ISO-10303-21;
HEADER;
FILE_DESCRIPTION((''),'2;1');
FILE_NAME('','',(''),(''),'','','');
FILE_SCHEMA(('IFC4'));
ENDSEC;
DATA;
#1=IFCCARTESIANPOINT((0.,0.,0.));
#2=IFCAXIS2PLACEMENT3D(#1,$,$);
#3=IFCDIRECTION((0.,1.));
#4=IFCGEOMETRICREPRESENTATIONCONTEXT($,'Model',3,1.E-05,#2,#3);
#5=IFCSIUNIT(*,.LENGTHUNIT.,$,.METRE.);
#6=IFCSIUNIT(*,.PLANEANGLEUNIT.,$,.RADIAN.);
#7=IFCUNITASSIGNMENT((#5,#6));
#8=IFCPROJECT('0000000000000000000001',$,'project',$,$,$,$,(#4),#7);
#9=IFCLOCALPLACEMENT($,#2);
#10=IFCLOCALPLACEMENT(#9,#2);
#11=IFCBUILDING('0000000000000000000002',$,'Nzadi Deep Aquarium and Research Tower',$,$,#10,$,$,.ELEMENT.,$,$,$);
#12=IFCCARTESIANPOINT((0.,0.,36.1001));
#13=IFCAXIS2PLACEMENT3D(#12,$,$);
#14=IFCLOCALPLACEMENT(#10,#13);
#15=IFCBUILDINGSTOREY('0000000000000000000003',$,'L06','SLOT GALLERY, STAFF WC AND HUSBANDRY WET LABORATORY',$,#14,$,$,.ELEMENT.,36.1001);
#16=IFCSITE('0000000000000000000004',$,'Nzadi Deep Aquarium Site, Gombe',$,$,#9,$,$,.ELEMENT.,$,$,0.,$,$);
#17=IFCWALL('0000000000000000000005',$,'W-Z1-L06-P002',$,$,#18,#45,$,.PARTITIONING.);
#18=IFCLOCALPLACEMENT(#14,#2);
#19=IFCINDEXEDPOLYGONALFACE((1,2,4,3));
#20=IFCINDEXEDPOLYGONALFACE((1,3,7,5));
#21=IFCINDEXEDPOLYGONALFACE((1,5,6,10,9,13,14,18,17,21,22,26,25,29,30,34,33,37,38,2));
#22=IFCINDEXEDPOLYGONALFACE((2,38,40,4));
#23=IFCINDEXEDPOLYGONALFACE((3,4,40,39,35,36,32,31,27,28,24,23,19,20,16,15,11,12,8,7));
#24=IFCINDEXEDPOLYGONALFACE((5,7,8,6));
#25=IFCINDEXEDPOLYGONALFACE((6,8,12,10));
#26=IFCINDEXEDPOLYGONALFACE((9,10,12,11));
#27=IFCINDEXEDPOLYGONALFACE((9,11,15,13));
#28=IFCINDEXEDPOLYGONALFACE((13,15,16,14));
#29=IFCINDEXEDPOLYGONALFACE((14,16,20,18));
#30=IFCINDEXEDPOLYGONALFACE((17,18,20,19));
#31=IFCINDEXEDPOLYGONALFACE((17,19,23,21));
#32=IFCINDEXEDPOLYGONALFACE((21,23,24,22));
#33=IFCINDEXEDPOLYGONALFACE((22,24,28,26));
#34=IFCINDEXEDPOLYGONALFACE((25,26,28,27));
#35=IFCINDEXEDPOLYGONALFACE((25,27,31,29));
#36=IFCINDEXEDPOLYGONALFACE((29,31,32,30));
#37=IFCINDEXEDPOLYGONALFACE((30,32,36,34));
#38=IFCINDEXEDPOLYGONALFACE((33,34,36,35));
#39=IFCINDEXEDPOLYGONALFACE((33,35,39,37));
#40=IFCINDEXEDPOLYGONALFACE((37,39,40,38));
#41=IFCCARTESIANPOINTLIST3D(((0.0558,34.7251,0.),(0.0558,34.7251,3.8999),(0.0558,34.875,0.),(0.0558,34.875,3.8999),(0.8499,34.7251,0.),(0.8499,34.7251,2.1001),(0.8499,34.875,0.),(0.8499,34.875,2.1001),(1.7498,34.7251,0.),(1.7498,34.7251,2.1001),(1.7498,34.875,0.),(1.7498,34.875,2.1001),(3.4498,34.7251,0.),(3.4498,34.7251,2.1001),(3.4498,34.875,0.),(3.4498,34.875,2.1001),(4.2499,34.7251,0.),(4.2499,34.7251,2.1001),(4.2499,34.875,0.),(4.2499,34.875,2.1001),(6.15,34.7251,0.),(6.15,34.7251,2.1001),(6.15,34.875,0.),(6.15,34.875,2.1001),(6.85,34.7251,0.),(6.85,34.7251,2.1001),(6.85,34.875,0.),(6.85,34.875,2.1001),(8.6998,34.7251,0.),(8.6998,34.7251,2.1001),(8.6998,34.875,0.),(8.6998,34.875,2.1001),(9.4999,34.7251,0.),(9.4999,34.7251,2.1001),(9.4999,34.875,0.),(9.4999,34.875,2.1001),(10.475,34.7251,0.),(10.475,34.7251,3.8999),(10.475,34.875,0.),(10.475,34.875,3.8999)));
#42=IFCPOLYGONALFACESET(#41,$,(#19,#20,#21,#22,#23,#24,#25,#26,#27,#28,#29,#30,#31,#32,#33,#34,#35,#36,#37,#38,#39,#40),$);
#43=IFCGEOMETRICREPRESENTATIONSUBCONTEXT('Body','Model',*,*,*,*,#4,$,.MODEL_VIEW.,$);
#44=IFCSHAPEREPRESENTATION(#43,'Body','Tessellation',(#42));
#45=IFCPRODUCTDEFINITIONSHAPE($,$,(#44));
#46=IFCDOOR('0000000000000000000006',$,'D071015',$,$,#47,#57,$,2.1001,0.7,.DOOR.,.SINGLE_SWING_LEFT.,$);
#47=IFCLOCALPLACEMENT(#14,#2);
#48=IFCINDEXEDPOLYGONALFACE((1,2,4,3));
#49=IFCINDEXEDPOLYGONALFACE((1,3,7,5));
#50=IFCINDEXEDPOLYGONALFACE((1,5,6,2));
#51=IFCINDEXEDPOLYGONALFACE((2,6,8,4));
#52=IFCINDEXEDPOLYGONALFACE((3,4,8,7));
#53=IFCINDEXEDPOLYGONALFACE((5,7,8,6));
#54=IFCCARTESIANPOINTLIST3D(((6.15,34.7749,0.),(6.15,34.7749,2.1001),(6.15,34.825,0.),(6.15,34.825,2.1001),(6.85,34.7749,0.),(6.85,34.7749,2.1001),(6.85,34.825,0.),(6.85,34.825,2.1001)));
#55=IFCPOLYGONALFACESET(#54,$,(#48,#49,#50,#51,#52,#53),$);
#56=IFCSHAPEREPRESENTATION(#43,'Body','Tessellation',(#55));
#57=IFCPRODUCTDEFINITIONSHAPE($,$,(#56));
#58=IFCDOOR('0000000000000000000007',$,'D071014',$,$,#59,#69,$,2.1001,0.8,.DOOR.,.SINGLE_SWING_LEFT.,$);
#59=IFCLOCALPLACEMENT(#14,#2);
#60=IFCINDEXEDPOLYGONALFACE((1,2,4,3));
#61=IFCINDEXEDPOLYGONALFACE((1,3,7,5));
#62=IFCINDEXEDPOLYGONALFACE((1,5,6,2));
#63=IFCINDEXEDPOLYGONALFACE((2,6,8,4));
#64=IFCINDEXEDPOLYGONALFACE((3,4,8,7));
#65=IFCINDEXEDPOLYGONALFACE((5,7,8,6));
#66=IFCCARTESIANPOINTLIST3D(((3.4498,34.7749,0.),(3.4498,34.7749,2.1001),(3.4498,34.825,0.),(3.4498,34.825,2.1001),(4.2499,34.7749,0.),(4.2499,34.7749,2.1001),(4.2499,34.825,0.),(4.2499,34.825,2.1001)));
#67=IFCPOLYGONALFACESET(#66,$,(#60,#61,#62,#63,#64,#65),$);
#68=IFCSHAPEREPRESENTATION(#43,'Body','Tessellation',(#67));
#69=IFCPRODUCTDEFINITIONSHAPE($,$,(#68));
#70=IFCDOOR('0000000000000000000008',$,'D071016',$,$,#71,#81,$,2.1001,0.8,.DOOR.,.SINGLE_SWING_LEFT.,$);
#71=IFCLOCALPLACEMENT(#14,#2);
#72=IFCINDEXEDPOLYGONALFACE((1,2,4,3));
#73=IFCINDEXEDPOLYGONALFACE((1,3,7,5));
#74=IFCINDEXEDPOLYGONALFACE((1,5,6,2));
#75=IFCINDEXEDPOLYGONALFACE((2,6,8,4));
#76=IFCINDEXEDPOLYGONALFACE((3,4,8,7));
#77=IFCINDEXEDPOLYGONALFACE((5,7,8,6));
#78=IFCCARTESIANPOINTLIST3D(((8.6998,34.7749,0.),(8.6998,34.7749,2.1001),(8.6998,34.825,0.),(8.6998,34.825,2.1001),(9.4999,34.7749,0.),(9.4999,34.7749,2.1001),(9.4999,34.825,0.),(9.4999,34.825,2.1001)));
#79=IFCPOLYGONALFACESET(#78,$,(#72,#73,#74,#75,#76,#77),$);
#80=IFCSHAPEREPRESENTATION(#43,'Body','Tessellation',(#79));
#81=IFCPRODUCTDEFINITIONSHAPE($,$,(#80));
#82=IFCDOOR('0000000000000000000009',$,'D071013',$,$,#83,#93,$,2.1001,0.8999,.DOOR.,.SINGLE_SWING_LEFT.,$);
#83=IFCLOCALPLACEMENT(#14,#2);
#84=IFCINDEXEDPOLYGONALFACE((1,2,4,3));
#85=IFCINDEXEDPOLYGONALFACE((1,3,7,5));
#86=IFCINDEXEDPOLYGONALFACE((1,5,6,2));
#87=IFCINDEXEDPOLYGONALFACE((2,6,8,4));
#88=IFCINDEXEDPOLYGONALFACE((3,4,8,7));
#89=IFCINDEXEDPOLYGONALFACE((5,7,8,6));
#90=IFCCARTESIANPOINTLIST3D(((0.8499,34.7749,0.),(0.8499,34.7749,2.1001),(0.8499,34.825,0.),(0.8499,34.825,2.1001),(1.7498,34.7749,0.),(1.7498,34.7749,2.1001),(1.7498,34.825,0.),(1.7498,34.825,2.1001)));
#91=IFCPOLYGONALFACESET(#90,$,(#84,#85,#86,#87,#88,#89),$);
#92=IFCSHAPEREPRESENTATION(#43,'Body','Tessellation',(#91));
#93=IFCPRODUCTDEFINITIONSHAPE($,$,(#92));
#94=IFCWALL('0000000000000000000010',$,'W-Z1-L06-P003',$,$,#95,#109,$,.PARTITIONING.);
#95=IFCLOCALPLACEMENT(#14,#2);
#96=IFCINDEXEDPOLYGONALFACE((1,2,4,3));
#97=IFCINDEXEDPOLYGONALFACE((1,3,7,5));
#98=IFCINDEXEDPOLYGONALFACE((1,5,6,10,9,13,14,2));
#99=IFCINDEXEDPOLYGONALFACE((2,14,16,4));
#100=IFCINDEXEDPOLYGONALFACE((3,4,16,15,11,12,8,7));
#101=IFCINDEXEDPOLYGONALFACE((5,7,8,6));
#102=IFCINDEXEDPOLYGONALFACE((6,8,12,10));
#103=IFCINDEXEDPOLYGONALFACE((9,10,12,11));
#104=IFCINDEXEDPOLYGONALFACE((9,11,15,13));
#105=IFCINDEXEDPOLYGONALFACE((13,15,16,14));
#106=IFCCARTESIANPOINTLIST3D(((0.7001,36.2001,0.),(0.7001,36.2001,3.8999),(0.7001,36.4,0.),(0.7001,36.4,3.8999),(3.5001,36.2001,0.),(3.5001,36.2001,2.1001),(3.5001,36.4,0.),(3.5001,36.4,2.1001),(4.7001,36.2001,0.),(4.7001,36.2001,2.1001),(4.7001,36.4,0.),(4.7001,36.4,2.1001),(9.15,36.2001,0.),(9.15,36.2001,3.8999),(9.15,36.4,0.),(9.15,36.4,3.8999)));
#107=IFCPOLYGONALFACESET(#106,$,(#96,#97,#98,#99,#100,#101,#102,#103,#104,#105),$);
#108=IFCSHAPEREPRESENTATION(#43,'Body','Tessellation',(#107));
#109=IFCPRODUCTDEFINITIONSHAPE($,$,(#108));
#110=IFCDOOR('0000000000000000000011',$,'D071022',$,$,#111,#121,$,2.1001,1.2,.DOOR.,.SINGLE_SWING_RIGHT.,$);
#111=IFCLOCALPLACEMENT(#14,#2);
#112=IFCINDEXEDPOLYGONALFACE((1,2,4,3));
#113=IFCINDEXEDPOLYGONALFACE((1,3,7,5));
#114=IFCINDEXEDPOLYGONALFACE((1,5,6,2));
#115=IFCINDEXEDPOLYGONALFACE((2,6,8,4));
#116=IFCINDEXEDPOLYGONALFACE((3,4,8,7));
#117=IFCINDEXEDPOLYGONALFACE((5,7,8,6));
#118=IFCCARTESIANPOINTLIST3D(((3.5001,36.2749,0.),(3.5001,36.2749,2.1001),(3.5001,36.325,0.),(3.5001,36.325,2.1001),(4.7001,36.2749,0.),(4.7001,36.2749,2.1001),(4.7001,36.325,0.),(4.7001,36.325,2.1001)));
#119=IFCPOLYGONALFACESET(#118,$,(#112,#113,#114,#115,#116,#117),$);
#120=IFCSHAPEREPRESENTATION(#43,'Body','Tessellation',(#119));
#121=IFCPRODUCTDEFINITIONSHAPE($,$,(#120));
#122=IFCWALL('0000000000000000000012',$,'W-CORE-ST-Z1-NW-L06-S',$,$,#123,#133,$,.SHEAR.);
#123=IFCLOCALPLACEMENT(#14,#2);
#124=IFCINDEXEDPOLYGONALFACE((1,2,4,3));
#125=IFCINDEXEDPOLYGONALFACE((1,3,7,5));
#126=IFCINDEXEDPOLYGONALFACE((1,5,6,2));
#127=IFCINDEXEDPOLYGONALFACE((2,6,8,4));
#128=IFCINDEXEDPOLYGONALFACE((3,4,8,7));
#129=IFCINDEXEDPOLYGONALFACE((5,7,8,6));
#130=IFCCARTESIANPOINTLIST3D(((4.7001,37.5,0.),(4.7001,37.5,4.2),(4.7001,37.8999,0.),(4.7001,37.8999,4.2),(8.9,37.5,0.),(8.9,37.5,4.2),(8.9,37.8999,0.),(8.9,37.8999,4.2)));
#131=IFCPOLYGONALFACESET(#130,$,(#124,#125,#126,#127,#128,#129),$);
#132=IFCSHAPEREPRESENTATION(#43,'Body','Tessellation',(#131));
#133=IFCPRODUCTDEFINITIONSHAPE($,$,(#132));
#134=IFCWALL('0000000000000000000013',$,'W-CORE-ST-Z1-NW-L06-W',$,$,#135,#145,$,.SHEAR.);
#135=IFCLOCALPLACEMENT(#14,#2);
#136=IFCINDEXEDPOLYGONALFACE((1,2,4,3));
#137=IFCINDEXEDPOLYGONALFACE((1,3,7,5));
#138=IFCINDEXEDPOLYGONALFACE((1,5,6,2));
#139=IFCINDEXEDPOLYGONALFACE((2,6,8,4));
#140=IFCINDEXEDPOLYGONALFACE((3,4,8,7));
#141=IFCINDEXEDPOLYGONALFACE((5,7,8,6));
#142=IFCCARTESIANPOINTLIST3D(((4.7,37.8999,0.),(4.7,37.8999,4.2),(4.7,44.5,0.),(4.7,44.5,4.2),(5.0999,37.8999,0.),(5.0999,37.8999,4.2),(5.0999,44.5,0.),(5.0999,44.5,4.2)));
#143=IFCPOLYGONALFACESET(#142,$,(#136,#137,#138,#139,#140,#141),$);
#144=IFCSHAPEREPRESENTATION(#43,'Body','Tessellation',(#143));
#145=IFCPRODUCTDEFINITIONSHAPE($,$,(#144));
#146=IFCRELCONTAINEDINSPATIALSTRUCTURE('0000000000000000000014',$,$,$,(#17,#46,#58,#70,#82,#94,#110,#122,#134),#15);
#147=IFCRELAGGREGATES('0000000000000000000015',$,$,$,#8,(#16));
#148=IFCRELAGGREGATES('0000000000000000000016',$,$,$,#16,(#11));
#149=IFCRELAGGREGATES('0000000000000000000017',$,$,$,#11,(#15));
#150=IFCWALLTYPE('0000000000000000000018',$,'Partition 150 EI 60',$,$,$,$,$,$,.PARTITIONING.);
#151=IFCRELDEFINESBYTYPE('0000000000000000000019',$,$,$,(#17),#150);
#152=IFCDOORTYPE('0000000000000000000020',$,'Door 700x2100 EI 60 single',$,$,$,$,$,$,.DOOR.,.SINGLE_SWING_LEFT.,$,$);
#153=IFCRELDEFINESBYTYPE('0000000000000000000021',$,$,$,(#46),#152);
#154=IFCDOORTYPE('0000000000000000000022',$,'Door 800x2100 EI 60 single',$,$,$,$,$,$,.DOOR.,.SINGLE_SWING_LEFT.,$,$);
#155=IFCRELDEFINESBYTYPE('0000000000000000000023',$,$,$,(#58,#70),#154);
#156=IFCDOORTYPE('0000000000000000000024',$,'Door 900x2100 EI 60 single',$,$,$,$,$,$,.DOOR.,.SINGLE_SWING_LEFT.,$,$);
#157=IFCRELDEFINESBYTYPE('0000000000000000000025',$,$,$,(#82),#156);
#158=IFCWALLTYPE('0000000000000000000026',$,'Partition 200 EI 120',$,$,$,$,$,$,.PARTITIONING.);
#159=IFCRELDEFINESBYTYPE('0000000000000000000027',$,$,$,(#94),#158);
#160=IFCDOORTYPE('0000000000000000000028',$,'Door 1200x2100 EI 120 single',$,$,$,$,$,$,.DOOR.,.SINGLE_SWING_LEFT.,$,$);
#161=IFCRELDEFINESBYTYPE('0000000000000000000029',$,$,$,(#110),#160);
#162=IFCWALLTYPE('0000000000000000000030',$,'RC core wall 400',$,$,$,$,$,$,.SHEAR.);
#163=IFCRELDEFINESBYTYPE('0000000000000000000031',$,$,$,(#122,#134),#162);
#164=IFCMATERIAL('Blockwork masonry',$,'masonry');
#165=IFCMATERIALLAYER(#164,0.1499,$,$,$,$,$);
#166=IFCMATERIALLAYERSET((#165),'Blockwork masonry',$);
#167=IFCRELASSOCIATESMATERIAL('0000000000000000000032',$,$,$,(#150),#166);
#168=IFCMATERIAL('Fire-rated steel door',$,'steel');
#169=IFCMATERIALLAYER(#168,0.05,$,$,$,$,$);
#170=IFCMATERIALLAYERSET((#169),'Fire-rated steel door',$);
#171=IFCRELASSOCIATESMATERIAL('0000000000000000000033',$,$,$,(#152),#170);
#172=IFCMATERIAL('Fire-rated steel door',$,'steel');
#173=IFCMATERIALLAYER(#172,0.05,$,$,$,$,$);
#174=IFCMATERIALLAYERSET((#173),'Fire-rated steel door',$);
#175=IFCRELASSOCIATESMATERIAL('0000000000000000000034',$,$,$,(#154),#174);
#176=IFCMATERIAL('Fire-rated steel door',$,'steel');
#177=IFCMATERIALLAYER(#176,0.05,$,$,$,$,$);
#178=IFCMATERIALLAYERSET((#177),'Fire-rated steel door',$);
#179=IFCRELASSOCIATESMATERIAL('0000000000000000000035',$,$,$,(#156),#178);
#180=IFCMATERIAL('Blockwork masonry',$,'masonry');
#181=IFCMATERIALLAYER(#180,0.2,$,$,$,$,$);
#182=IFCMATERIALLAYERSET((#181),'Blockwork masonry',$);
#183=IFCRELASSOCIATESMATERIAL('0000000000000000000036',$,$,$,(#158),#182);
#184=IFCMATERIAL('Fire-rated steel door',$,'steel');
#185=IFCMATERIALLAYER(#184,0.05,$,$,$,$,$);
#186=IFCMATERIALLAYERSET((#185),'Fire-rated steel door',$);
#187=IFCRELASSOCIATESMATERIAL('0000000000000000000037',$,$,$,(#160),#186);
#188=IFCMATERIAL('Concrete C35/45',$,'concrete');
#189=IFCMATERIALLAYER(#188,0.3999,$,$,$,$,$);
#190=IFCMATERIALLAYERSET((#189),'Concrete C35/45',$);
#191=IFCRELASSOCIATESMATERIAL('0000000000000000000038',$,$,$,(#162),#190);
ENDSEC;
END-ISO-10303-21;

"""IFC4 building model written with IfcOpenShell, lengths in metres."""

from ifc_helpers import new_model, si_unit, direction, frame, frame_2d, origin, place, context, subcontext, project, spatial, rectangle, extrude, material, layer, layer_set, type_object, element, fill, save


model = new_model("IFC4")

# Units and contexts
model_context = context("Model", 3, precision=1e-05, world=origin(), true_north=direction((0.0, 1.0)))
body_context = subcontext(model_context, "Body", "Model", "MODEL_VIEW")
ifc_project = project(units=[si_unit("LENGTHUNIT", "METRE"), si_unit("PLANEANGLEUNIT", "RADIAN")], contexts=[model_context])

# Site, building, storey
site_placement = place(None, origin())
site = spatial("IfcSite", under=ifc_project, at=site_placement, Name="Nzadi Deep Aquarium Site, Gombe", CompositionType="ELEMENT", RefElevation=0.0)
building_placement = place(site_placement, origin())
building = spatial("IfcBuilding", under=site, at=building_placement, Name="Nzadi Deep Aquarium and Research Tower", CompositionType="ELEMENT")
storey_placement = place(building_placement, frame((0.0, 0.0, 36.1001)))
storey = spatial("IfcBuildingStorey", under=building, at=storey_placement, Name="L06", Description="SLOT GALLERY, STAFF WC AND HUSBANDRY WET LABORATORY", CompositionType="ELEMENT", Elevation=36.1001)

# Wall, openings, doors
ifc_material_1 = material(Name="Blockwork masonry", Category="masonry")
ifc_layer_1 = layer(ifc_material_1, 0.1499)
ifc_layer_set_1 = layer_set([ifc_layer_1], Name="Blockwork masonry")
wall_type_1 = type_object("IfcWallType", Name="Partition 150 EI 60", PredefinedType="PARTITIONING", material=ifc_layer_set_1)
wall_1_placement = place(storey_placement, frame((0.0559, 34.8, 0.0), z_axis=(0.0, 0.0, 1.0), x_axis=(1.0, 0.0, 0.0)))
wall_1 = element("IfcWall", 1, at=wall_1_placement, inside=storey, type_object=wall_type_1, Name="W-Z1-L06-P002", PredefinedType="PARTITIONING", context=body_context, shape_type="SweptSolid", body=[
    extrude(rectangle(XDim=10.4192, YDim=0.1499, at=frame_2d((5.2095, 0.0))), origin(), (0.0, 0.0, 1.0), 3.8999),
])
opening_1_placement = place(wall_1_placement, frame((0.7939, 0.0, 0.0)))
opening_1 = element("IfcOpeningElement", 2, at=opening_1_placement, cuts=wall_1, PredefinedType="OPENING", context=body_context, shape_type="SweptSolid", body=[
    extrude(rectangle(XDim=0.8999, YDim=2.1001, at=frame_2d((0.45, 1.05))), frame((0.0, 0.085, 0.0), z_axis=(0.0, -1.0, 0.0), x_axis=(1.0, 0.0, 0.0)), (0.0, 0.0, 1.0), 0.1699),
])
opening_2_placement = place(wall_1_placement, frame((3.394, 0.0, 0.0)))
opening_2 = element("IfcOpeningElement", 3, at=opening_2_placement, cuts=wall_1, PredefinedType="OPENING", context=body_context, shape_type="SweptSolid", body=[
    extrude(rectangle(XDim=0.8, YDim=2.1001, at=frame_2d((0.3999, 1.05))), frame((0.0, 0.085, 0.0), z_axis=(0.0, -1.0, 0.0), x_axis=(1.0, 0.0, 0.0)), (0.0, 0.0, 1.0), 0.1699),
])
opening_3_placement = place(wall_1_placement, frame((6.094, 0.0, 0.0)))
opening_3 = element("IfcOpeningElement", 4, at=opening_3_placement, cuts=wall_1, PredefinedType="OPENING", context=body_context, shape_type="SweptSolid", body=[
    extrude(rectangle(XDim=0.7, YDim=2.1001, at=frame_2d((0.3501, 1.05))), frame((0.0, 0.085, 0.0), z_axis=(0.0, -1.0, 0.0), x_axis=(1.0, 0.0, 0.0)), (0.0, 0.0, 1.0), 0.1699),
])
opening_4_placement = place(wall_1_placement, frame((8.644, 0.0, 0.0)))
opening_4 = element("IfcOpeningElement", 5, at=opening_4_placement, cuts=wall_1, PredefinedType="OPENING", context=body_context, shape_type="SweptSolid", body=[
    extrude(rectangle(XDim=0.8, YDim=2.1001, at=frame_2d((0.3999, 1.05))), frame((0.0, 0.085, 0.0), z_axis=(0.0, -1.0, 0.0), x_axis=(1.0, 0.0, 0.0)), (0.0, 0.0, 1.0), 0.1699),
])
ifc_material_2 = material(Name="Fire-rated steel door", Category="steel")
ifc_layer_2 = layer(ifc_material_2, 0.05)
ifc_layer_set_2 = layer_set([ifc_layer_2], Name="Fire-rated steel door")
door_type_1 = type_object("IfcDoorType", Name="Door 700x2100 EI 60 single", OperationType="SINGLE_SWING_LEFT", PredefinedType="DOOR", material=ifc_layer_set_2)
door_1_placement = place(opening_3_placement, origin())
door_1 = element("IfcDoor", 6, at=door_1_placement, inside=storey, type_object=door_type_1, Name="D071015", OperationType="SINGLE_SWING_LEFT", OverallHeight=2.1001, OverallWidth=0.7, PredefinedType="DOOR", context=body_context, shape_type="SweptSolid", body=[
    extrude(rectangle(XDim=0.7, YDim=2.1001, at=frame_2d((0.3501, 1.05))), frame((0.0, 0.0249, 0.0), z_axis=(0.0, -1.0, 0.0), x_axis=(1.0, 0.0, 0.0)), (0.0, 0.0, 1.0), 0.05),
])
fill(opening_3, door_1)
ifc_material_3 = material(Name="Fire-rated steel door", Category="steel")
ifc_layer_3 = layer(ifc_material_3, 0.05)
ifc_layer_set_3 = layer_set([ifc_layer_3], Name="Fire-rated steel door")
door_type_2 = type_object("IfcDoorType", Name="Door 800x2100 EI 60 single", OperationType="SINGLE_SWING_LEFT", PredefinedType="DOOR", material=ifc_layer_set_3)
door_2_placement = place(opening_2_placement, origin())
door_2 = element("IfcDoor", 7, at=door_2_placement, inside=storey, type_object=door_type_2, Name="D071014", OperationType="SINGLE_SWING_LEFT", OverallHeight=2.1001, OverallWidth=0.8, PredefinedType="DOOR", context=body_context, shape_type="SweptSolid", body=[
    extrude(rectangle(XDim=0.8, YDim=2.1001, at=frame_2d((0.3999, 1.05))), frame((0.0, 0.0249, 0.0), z_axis=(0.0, -1.0, 0.0), x_axis=(1.0, 0.0, 0.0)), (0.0, 0.0, 1.0), 0.05),
])
fill(opening_2, door_2)
door_3_placement = place(opening_4_placement, origin())
door_3 = element("IfcDoor", 8, at=door_3_placement, inside=storey, type_object=door_type_2, Name="D071016", OperationType="SINGLE_SWING_LEFT", OverallHeight=2.1001, OverallWidth=0.8, PredefinedType="DOOR", context=body_context, shape_type="SweptSolid", body=[
    extrude(rectangle(XDim=0.8, YDim=2.1001, at=frame_2d((0.3999, 1.05))), frame((0.0, 0.0249, 0.0), z_axis=(0.0, -1.0, 0.0), x_axis=(1.0, 0.0, 0.0)), (0.0, 0.0, 1.0), 0.05),
])
fill(opening_4, door_3)
ifc_material_4 = material(Name="Fire-rated steel door", Category="steel")
ifc_layer_4 = layer(ifc_material_4, 0.05)
ifc_layer_set_4 = layer_set([ifc_layer_4], Name="Fire-rated steel door")
door_type_3 = type_object("IfcDoorType", Name="Door 900x2100 EI 60 single", OperationType="SINGLE_SWING_LEFT", PredefinedType="DOOR", material=ifc_layer_set_4)
door_4_placement = place(opening_1_placement, origin())
door_4 = element("IfcDoor", 9, at=door_4_placement, inside=storey, type_object=door_type_3, Name="D071013", OperationType="SINGLE_SWING_LEFT", OverallHeight=2.1001, OverallWidth=0.8999, PredefinedType="DOOR", context=body_context, shape_type="SweptSolid", body=[
    extrude(rectangle(XDim=0.8999, YDim=2.1001, at=frame_2d((0.45, 1.05))), frame((0.0, 0.0249, 0.0), z_axis=(0.0, -1.0, 0.0), x_axis=(1.0, 0.0, 0.0)), (0.0, 0.0, 1.0), 0.05),
])
fill(opening_1, door_4)

# Wall, opening, door
ifc_material_5 = material(Name="Blockwork masonry", Category="masonry")
ifc_layer_5 = layer(ifc_material_5, 0.2)
ifc_layer_set_5 = layer_set([ifc_layer_5], Name="Blockwork masonry")
wall_type_2 = type_object("IfcWallType", Name="Partition 200 EI 120", PredefinedType="PARTITIONING", material=ifc_layer_set_5)
wall_2_placement = place(storey_placement, frame((0.7, 36.3, 0.0), z_axis=(0.0, 0.0, 1.0), x_axis=(1.0, 0.0, 0.0)))
wall_2 = element("IfcWall", 10, at=wall_2_placement, inside=storey, type_object=wall_type_2, Name="W-Z1-L06-P003", PredefinedType="PARTITIONING", context=body_context, shape_type="SweptSolid", body=[
    extrude(rectangle(XDim=8.45, YDim=0.2, at=frame_2d((4.2251, 0.0))), origin(), (0.0, 0.0, 1.0), 3.8999),
])
opening_5_placement = place(wall_2_placement, frame((2.8, 0.0, 0.0)))
opening_5 = element("IfcOpeningElement", 11, at=opening_5_placement, cuts=wall_2, PredefinedType="OPENING", context=body_context, shape_type="SweptSolid", body=[
    extrude(rectangle(XDim=1.2, YDim=2.1001, at=frame_2d((0.6001, 1.05))), frame((0.0, 0.1101, 0.0), z_axis=(0.0, -1.0, 0.0), x_axis=(1.0, 0.0, 0.0)), (0.0, 0.0, 1.0), 0.2202),
])
ifc_material_6 = material(Name="Fire-rated steel door", Category="steel")
ifc_layer_6 = layer(ifc_material_6, 0.05)
ifc_layer_set_6 = layer_set([ifc_layer_6], Name="Fire-rated steel door")
door_type_4 = type_object("IfcDoorType", Name="Door 1200x2100 EI 120 single", OperationType="SINGLE_SWING_LEFT", PredefinedType="DOOR", material=ifc_layer_set_6)
door_5_placement = place(opening_5_placement, origin())
door_5 = element("IfcDoor", 12, at=door_5_placement, inside=storey, type_object=door_type_4, Name="D071022", OperationType="SINGLE_SWING_RIGHT", OverallHeight=2.1001, OverallWidth=1.2, PredefinedType="DOOR", context=body_context, shape_type="SweptSolid", body=[
    extrude(rectangle(XDim=1.2, YDim=2.1001, at=frame_2d((0.6001, 1.05))), frame((0.0, 0.0249, 0.0), z_axis=(0.0, -1.0, 0.0), x_axis=(1.0, 0.0, 0.0)), (0.0, 0.0, 1.0), 0.05),
])
fill(opening_5, door_5)

# Walls
ifc_material_7 = material(Name="Concrete C35/45", Category="concrete")
ifc_layer_7 = layer(ifc_material_7, 0.3999)
ifc_layer_set_7 = layer_set([ifc_layer_7], Name="Concrete C35/45")
wall_type_3 = type_object("IfcWallType", Name="RC core wall 400", PredefinedType="SHEAR", material=ifc_layer_set_7)
wall_3_placement = place(storey_placement, frame((4.7, 37.7, 0.0), z_axis=(0.0, 0.0, 1.0), x_axis=(1.0, 0.0, 0.0)))
element("IfcWall", 13, at=wall_3_placement, inside=storey, type_object=wall_type_3, Name="W-CORE-ST-Z1-NW-L06-S", PredefinedType="SHEAR", context=body_context, shape_type="SweptSolid", body=[
    extrude(rectangle(XDim=4.2, YDim=0.3999, at=frame_2d((2.1001, 0.0))), origin(), (0.0, 0.0, 1.0), 4.2),
])
wall_4_placement = place(storey_placement, frame((4.8999, 37.8999, 0.0), z_axis=(0.0, 0.0, 1.0), x_axis=(0.0, 1.0, 0.0)))
element("IfcWall", 14, at=wall_4_placement, inside=storey, type_object=wall_type_3, Name="W-CORE-ST-Z1-NW-L06-W", PredefinedType="SHEAR", context=body_context, shape_type="SweptSolid", body=[
    extrude(rectangle(XDim=6.6001, YDim=0.3999, at=frame_2d((3.3, 0.0))), origin(), (0.0, 0.0, 1.0), 4.2),
])

save(model, "model.ifc")
